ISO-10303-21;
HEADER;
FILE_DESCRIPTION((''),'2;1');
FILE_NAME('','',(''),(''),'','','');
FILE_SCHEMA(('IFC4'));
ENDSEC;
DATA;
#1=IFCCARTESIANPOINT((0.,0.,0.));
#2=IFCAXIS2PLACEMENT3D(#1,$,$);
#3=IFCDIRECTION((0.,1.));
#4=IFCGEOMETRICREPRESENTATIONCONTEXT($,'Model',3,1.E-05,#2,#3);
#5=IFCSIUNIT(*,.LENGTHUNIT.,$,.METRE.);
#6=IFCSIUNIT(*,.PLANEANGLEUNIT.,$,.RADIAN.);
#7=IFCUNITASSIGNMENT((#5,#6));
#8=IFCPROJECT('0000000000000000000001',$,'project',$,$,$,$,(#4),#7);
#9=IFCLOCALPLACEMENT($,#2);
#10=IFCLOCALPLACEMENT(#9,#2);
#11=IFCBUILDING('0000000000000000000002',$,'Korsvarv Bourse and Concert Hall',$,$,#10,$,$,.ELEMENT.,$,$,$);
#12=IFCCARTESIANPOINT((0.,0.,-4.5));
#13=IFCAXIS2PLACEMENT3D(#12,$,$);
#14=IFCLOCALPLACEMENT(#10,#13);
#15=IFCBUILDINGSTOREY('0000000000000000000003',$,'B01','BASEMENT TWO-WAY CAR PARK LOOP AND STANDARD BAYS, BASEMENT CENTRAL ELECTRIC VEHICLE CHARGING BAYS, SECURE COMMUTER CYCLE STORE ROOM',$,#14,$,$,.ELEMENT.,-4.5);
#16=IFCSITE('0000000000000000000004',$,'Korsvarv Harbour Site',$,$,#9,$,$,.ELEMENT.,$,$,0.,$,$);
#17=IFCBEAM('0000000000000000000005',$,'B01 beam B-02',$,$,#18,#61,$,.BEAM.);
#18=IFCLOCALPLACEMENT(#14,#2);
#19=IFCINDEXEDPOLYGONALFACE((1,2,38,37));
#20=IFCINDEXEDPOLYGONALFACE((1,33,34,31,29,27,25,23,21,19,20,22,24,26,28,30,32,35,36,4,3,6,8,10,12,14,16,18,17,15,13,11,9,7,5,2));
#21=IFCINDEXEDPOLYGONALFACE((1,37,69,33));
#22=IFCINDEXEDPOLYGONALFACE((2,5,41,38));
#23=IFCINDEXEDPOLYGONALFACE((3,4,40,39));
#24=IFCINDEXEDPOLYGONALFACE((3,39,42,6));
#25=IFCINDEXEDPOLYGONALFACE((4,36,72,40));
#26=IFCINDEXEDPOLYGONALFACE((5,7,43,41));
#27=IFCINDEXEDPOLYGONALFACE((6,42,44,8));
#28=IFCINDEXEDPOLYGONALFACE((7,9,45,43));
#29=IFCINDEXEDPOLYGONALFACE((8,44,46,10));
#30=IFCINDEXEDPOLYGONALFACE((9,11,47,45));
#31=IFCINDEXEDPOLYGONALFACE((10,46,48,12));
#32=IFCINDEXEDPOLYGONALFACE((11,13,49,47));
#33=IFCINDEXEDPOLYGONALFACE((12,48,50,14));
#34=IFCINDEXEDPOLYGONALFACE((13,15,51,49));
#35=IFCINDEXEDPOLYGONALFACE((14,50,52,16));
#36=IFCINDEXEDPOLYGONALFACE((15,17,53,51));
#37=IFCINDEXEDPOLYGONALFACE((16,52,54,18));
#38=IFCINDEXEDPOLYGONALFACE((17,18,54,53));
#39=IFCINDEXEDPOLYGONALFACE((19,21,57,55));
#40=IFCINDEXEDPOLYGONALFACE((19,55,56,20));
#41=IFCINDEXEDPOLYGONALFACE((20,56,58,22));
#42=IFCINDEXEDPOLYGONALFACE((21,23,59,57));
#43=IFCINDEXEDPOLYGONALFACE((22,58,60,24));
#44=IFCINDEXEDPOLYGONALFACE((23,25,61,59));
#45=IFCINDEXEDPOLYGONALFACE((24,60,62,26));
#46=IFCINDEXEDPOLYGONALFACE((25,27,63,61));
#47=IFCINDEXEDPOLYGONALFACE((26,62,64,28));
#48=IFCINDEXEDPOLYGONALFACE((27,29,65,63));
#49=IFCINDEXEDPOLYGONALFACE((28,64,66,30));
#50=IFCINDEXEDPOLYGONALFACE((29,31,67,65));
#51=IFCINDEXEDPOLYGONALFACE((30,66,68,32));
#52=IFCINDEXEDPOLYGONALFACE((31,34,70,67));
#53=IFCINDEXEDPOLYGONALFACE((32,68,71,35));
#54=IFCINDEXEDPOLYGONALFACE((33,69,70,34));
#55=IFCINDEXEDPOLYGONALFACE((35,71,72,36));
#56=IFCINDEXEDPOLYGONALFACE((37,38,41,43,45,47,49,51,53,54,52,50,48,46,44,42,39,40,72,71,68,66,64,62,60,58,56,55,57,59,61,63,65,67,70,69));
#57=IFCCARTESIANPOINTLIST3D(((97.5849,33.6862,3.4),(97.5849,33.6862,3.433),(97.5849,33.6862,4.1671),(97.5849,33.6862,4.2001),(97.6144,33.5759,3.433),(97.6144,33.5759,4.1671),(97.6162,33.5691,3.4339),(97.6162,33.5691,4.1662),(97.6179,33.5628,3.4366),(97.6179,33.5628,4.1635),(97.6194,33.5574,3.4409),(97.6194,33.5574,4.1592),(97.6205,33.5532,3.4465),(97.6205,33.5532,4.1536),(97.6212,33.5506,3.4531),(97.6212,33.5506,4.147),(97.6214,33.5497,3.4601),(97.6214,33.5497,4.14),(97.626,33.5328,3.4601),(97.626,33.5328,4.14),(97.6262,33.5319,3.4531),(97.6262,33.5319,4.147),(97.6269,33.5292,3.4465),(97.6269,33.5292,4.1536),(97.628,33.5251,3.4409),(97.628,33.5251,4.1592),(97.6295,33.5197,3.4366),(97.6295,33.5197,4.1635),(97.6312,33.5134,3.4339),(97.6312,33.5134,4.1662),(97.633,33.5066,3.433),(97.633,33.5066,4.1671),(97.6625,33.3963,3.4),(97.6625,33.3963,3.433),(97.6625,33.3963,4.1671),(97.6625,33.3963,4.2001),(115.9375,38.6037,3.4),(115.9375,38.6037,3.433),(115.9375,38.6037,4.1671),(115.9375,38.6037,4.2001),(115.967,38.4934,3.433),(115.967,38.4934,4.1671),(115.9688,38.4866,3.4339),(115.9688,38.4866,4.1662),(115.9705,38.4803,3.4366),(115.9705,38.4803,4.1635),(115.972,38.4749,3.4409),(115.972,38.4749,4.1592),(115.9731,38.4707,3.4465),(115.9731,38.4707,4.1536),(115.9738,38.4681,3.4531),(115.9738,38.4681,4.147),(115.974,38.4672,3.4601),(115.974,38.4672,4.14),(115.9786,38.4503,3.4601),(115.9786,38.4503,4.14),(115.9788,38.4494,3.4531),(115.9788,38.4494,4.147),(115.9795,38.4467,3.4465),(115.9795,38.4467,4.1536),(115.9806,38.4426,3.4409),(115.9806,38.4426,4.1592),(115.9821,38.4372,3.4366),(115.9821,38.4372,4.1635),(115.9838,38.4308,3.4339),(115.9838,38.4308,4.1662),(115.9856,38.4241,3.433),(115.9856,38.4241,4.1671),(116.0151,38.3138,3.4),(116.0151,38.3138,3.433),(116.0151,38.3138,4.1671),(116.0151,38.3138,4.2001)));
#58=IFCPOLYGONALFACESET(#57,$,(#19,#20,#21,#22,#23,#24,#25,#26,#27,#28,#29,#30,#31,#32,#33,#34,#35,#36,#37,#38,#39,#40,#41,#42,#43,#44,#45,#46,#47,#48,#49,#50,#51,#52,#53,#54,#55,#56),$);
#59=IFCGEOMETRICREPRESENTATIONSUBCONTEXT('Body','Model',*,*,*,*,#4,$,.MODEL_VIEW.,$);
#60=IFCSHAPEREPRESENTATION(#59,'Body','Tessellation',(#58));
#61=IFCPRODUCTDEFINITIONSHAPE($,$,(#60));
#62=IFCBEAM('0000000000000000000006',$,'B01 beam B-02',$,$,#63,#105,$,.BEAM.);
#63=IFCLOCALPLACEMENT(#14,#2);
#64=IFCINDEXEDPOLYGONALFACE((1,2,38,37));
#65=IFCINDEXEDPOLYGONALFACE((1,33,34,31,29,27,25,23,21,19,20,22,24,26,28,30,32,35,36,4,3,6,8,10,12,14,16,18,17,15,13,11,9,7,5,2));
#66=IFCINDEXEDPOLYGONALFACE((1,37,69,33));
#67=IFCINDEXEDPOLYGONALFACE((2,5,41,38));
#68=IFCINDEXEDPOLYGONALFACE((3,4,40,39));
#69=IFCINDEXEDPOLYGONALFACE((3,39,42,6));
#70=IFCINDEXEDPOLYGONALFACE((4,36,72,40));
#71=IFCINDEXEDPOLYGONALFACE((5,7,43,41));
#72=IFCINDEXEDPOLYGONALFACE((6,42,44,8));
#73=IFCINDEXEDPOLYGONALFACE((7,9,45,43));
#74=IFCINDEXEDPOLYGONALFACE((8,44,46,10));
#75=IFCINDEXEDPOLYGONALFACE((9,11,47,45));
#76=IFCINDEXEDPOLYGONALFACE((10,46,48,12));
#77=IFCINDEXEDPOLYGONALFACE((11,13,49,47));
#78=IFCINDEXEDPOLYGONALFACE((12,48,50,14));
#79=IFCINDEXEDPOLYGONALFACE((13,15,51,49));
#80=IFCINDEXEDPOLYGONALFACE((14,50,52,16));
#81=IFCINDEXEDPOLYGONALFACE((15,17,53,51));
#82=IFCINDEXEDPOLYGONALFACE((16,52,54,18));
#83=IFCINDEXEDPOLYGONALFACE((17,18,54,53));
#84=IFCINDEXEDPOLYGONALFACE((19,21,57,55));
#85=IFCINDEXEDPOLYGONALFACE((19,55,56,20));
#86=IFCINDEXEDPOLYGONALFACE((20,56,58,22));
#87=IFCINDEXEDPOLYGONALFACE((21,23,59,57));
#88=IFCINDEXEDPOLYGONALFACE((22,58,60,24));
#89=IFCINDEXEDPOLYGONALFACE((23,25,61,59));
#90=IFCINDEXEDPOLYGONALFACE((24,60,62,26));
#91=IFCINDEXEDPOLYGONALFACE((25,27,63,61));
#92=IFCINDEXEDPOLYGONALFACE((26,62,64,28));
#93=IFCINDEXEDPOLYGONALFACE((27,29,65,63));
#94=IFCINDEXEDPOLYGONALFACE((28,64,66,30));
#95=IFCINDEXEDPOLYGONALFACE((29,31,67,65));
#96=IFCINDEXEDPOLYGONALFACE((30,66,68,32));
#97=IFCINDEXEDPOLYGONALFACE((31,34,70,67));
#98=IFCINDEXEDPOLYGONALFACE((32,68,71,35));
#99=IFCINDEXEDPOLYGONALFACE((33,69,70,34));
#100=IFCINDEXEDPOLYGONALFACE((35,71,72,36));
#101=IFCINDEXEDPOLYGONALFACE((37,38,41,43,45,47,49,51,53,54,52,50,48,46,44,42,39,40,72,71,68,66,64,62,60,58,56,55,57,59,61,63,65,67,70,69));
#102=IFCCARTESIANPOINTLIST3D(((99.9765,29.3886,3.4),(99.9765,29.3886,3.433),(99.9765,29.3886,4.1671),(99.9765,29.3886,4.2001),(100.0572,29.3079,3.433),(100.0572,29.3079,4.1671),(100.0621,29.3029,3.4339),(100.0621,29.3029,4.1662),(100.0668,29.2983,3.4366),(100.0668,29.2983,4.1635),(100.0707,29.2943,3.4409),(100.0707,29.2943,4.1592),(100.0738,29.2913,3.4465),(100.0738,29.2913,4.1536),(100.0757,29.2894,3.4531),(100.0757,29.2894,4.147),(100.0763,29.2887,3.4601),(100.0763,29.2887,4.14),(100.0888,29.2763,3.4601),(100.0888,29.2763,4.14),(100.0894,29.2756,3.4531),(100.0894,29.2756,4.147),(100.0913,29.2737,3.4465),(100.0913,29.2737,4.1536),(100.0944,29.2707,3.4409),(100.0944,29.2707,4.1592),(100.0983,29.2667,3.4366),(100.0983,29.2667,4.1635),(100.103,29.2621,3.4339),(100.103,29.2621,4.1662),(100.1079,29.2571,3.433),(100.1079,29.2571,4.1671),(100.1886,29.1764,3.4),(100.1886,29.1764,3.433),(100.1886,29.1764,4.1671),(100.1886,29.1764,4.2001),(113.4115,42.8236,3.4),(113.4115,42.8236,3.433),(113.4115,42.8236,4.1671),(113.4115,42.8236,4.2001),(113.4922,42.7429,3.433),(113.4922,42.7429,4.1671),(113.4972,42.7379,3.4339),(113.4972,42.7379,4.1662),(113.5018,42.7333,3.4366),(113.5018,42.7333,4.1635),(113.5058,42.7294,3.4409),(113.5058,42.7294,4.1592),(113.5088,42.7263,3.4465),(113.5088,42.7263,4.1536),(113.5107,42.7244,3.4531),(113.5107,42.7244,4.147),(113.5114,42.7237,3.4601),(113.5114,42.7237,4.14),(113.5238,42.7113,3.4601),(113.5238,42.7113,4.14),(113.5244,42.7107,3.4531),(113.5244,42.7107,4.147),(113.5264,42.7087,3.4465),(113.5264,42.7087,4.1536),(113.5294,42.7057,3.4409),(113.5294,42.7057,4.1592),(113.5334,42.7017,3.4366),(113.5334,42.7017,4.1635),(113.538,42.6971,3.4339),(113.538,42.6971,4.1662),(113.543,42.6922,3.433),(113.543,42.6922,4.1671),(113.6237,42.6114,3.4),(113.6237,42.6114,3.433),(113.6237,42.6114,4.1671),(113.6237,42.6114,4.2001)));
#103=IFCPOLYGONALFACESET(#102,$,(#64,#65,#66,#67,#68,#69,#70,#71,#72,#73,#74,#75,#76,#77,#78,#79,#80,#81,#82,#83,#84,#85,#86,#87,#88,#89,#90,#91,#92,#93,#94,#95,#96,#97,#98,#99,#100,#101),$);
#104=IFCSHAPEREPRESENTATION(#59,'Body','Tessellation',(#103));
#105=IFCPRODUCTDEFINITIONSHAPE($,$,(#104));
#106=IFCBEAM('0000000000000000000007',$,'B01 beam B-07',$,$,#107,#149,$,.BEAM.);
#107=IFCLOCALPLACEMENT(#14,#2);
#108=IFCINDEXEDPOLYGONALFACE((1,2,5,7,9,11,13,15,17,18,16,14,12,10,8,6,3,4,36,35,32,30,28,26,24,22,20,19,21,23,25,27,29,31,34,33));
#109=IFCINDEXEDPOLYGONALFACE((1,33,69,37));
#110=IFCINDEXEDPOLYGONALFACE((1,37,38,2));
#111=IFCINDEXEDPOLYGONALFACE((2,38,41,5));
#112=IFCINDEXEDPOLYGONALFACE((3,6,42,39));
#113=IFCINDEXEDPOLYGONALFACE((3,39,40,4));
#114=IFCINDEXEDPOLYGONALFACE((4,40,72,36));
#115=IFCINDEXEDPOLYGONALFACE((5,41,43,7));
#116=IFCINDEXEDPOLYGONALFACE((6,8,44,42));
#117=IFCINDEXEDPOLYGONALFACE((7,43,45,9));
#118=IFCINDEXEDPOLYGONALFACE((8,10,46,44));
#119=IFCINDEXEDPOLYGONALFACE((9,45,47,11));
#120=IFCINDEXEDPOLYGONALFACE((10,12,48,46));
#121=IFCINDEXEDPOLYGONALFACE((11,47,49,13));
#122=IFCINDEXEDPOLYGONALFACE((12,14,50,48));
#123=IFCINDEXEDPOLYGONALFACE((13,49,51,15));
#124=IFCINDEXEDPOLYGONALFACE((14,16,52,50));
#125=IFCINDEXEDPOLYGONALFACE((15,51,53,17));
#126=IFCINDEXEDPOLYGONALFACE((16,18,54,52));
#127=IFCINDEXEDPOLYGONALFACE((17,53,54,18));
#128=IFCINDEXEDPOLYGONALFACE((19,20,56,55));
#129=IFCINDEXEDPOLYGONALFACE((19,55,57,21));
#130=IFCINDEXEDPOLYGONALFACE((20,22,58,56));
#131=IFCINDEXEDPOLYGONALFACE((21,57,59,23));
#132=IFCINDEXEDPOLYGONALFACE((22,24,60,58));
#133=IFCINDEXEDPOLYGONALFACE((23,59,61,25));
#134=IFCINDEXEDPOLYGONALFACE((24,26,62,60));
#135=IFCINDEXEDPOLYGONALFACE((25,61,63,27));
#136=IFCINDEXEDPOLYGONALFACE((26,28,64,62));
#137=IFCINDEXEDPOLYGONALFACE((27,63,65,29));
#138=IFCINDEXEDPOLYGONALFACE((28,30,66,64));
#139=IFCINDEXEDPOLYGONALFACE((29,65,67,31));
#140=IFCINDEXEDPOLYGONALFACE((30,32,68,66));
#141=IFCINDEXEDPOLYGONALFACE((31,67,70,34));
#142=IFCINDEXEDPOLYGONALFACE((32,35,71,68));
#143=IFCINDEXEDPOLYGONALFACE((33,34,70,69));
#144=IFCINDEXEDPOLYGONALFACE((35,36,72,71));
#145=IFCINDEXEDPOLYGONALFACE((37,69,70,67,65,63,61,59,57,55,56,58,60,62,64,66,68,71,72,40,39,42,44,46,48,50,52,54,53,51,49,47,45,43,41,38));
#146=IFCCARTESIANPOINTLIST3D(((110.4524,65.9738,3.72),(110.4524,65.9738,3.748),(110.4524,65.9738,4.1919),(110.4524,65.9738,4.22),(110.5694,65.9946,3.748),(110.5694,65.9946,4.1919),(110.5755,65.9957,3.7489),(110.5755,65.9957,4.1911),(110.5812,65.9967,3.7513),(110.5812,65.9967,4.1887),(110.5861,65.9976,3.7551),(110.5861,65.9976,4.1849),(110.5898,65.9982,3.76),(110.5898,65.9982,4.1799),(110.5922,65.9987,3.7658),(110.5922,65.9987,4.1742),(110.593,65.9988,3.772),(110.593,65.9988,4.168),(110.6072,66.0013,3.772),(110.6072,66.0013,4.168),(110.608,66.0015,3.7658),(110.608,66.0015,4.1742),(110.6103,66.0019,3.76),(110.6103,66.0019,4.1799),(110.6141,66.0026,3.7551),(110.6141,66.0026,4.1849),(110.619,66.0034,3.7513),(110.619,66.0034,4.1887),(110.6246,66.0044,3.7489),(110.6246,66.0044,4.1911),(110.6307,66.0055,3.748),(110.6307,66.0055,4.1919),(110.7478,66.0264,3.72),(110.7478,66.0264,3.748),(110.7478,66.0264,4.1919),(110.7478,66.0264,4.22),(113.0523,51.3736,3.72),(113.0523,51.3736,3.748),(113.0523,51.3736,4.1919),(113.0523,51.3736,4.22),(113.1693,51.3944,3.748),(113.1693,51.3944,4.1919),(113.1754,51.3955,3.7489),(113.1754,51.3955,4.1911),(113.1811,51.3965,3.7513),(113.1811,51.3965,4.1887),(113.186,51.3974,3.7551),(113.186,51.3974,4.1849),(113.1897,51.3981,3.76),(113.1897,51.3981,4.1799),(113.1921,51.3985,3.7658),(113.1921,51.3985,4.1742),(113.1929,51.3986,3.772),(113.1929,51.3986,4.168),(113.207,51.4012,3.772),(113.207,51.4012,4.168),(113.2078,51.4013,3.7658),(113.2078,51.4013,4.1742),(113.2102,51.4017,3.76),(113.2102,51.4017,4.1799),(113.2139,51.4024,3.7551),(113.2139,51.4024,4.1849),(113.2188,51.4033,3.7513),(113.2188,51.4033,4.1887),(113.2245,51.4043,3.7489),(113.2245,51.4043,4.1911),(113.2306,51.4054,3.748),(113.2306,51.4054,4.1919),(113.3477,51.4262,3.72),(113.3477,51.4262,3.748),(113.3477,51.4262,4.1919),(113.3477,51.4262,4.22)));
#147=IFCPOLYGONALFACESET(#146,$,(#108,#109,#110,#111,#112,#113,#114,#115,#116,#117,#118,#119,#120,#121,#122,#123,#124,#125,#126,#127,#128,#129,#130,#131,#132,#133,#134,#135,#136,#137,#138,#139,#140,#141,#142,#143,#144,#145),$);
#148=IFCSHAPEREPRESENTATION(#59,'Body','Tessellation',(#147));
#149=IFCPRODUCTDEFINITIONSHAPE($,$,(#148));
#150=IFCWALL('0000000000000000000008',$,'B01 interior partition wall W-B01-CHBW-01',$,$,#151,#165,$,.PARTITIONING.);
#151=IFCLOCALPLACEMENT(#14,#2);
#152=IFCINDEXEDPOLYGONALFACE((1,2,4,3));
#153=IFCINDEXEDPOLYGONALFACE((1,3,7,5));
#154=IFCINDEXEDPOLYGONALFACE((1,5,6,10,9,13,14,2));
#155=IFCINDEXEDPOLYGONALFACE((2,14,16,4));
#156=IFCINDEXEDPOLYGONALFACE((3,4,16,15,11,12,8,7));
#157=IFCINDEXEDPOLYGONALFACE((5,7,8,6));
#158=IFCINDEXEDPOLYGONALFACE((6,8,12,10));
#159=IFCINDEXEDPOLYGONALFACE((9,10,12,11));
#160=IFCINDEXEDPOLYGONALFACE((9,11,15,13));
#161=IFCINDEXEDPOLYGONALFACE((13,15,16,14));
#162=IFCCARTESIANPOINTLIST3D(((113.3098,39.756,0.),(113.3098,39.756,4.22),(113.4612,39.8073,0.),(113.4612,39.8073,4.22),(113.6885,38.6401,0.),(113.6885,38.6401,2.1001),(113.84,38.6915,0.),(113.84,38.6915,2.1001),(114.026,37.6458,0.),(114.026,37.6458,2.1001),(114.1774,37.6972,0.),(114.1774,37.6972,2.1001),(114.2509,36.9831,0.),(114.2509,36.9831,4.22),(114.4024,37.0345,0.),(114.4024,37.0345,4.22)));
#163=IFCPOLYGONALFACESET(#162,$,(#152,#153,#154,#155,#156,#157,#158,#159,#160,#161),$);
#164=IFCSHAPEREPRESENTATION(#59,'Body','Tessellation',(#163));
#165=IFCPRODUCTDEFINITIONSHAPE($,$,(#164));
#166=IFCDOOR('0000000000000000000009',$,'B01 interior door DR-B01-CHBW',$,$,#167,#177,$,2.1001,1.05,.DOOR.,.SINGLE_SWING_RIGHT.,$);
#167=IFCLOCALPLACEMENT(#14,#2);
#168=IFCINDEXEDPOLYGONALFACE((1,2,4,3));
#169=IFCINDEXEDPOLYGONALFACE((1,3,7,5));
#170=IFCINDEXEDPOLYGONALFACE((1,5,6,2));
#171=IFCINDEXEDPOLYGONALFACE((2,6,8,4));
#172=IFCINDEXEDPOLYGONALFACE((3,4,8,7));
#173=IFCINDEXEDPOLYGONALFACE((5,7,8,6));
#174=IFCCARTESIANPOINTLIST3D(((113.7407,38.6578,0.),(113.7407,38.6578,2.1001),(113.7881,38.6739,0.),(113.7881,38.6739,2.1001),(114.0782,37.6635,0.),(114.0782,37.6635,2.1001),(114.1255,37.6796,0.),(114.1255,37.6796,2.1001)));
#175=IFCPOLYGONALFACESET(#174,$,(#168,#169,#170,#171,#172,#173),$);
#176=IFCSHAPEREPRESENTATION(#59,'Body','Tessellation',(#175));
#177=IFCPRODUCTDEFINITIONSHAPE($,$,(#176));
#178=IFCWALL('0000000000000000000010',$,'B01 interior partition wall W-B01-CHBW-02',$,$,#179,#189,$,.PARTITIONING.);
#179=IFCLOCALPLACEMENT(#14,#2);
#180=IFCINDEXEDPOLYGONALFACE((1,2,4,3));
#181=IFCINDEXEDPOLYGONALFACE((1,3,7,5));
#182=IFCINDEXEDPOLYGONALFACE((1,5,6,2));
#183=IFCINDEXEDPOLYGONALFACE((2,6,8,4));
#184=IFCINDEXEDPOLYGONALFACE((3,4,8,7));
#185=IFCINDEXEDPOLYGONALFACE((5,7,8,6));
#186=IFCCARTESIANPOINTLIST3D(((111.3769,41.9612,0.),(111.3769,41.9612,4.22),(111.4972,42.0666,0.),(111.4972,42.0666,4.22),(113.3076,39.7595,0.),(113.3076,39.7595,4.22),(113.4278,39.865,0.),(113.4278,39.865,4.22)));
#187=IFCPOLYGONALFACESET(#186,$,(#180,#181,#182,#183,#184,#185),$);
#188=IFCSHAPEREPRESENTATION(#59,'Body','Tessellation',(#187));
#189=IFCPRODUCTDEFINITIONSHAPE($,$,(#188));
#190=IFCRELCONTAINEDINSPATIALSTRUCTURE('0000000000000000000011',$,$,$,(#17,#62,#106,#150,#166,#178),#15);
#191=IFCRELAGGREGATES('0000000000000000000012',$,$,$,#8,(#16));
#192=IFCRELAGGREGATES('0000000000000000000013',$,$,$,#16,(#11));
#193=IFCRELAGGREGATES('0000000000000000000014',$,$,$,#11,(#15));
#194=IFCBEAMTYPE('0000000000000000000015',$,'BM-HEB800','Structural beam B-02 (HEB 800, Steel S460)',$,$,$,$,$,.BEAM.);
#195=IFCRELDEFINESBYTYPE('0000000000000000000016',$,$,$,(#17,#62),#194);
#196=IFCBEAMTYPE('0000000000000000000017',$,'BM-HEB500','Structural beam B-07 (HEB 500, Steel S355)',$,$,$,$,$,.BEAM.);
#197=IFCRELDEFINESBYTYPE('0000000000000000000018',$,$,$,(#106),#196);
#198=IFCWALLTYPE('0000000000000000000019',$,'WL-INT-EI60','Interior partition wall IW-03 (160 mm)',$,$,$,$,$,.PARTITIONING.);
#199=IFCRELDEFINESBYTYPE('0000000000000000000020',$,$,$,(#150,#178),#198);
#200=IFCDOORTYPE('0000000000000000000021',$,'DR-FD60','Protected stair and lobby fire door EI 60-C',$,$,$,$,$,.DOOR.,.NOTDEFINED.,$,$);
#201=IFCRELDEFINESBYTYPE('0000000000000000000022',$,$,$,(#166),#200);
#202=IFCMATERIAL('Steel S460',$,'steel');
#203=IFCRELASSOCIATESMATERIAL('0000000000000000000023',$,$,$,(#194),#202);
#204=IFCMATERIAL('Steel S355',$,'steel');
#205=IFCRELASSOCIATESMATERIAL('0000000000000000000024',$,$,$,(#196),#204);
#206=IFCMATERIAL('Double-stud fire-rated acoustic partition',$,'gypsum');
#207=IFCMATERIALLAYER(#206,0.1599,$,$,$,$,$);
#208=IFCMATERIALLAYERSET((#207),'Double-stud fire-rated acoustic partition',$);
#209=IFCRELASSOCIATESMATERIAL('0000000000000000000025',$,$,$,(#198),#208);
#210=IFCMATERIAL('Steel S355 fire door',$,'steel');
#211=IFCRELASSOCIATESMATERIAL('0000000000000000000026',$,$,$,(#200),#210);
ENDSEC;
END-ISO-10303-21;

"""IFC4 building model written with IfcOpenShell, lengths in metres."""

from ifc_helpers import new_model, si_unit, direction, frame, frame_2d, origin, origin_2d, place, context, subcontext, project, spatial, rectangle, i_section, extrude, source, transform, mapped, material, layer, layer_set, material_profile, profile_set, type_object, element, fill, save


model = new_model("IFC4")

# Units and contexts
model_context = context("Model", 3, precision=1e-05, world=origin(), true_north=direction((0.0, 1.0)))
body_context = subcontext(model_context, "Body", "Model", "MODEL_VIEW")
ifc_project = project(units=[si_unit("LENGTHUNIT", "METRE"), si_unit("PLANEANGLEUNIT", "RADIAN")], contexts=[model_context])

# Site, building, storey
site_placement = place(None, origin())
site = spatial("IfcSite", under=ifc_project, at=site_placement, Name="Korsvarv Harbour Site", CompositionType="ELEMENT", RefElevation=0.0)
building_placement = place(site_placement, origin())
building = spatial("IfcBuilding", under=site, at=building_placement, Name="Korsvarv Bourse and Concert Hall", CompositionType="ELEMENT")
storey_placement = place(building_placement, frame((0.0, 0.0, -4.5)))
storey = spatial("IfcBuildingStorey", under=building, at=storey_placement, Name="B01", Description="BASEMENT TWO-WAY CAR PARK LOOP AND STANDARD BAYS, BASEMENT CENTRAL ELECTRIC VEHICLE CHARGING BAYS, SECURE COMMUTER CYCLE STORE ROOM", CompositionType="ELEMENT", Elevation=-4.5)

# Beams
ifc_material_1 = material(Name="Steel S355", Category="steel")
ifc_material_2 = material(Name="Steel S460", Category="steel")
ifc_material_profile_1 = material_profile(ifc_material_2, i_section(OverallWidth=0.3, OverallDepth=0.8, WebThickness=0.0176, FlangeThickness=0.033, FilletRadius=0.0271, at=origin_2d()), Name="HEB 800")
ifc_profile_set_1 = profile_set([ifc_material_profile_1], Name="Steel S460")
beam_type_1 = type_object("IfcBeamType", Name="BM-HEB800", Description="Structural beam B-02 (HEB 800, Steel S460)", PredefinedType="BEAM", material=ifc_profile_set_1)
shared_shape_1 = source(origin(), body_context, "Body", "SweptSolid", [
    extrude(i_section(OverallWidth=0.3, OverallDepth=0.8, WebThickness=0.0176, FlangeThickness=0.033, FilletRadius=0.0271, at=origin_2d()), origin(), (0.0, 0.0, 1.0), 19.0),
])
for number, where, z_axis, x_axis, name in (
    (1, (115.9763, 38.4587, 3.8), (-0.965927, -0.258816, 0.0), (0.258816, -0.965927, 0.0), "B01 beam B-02"),
    (2, (113.5176, 42.7175, 3.8), (-0.707107, -0.707107, 0.0), (0.707107, -0.707107, 0.0), "B01 beam B-02"),
):
    element("IfcBeam", number, at=place(storey_placement, frame(where, z_axis=z_axis, x_axis=x_axis)), inside=storey, type_object=beam_type_1, Name=name, PredefinedType="BEAM", context=body_context, shape_type="MappedRepresentation", body=[
        mapped(shared_shape_1, transform((0.0, 0.0, 0.0), scale=1.0)),
    ])
ifc_material_profile_2 = material_profile(ifc_material_1, i_section(OverallWidth=0.3, OverallDepth=0.5, WebThickness=0.0144, FlangeThickness=0.0281, FilletRadius=0.0239, at=origin_2d()), Name="HEB 500")
ifc_profile_set_2 = profile_set([ifc_material_profile_2], Name="Steel S355")
beam_type_2 = type_object("IfcBeamType", Name="BM-HEB500", Description="Structural beam B-07 (HEB 500, Steel S355)", PredefinedType="BEAM", material=ifc_profile_set_2)
shared_shape_2 = source(origin(), body_context, "Body", "SweptSolid", [
    extrude(i_section(OverallWidth=0.3, OverallDepth=0.5, WebThickness=0.0144, FlangeThickness=0.0281, FilletRadius=0.0239, at=origin_2d()), origin(), (0.0, 0.0, 1.0), 14.8298),
])
beam_1_placement = place(storey_placement, frame((113.2, 51.3999, 3.97), z_axis=(-0.175313, 0.984513, 0.0), x_axis=(-0.984513, -0.175313, 0.0)))
element("IfcBeam", 3, at=beam_1_placement, inside=storey, type_object=beam_type_2, Name="B01 beam B-07", PredefinedType="BEAM", context=body_context, shape_type="MappedRepresentation", body=[
    mapped(shared_shape_2, transform((0.0, 0.0, 0.0), scale=1.0)),
])

# Wall, opening, door
ifc_material_3 = material(Name="Double-stud fire-rated acoustic partition", Category="gypsum")
ifc_layer = layer(ifc_material_3, 0.1599)
ifc_layer_set = layer_set([ifc_layer], Name="Double-stud fire-rated acoustic partition")
wall_type = type_object("IfcWallType", Name="WL-INT-EI60", Description="Interior partition wall IW-03 (160 mm)", PredefinedType="PARTITIONING", material=ifc_layer_set)
wall_1_placement = place(storey_placement, frame((114.3267, 37.0088, 0.0), z_axis=(0.0, 0.0, 1.0), x_axis=(-0.3214, 0.946943, 0.0)))
wall_1 = element("IfcWall", 4, at=wall_1_placement, inside=storey, type_object=wall_type, Name="B01 interior partition wall W-B01-CHBW-01", PredefinedType="PARTITIONING", context=body_context, shape_type="SweptSolid", body=[
    extrude(rectangle(XDim=2.9282, YDim=0.1599, at=frame_2d((1.4641, 0.0))), origin(), (0.0, 0.0, 1.0), 4.22),
])
opening_placement = place(wall_1_placement, frame((0.7, 0.0, 0.0)))
opening = element("IfcOpeningElement", 5, at=opening_placement, cuts=wall_1, PredefinedType="OPENING", context=body_context, shape_type="SweptSolid", body=[
    extrude(rectangle(XDim=1.05, YDim=2.1001, at=frame_2d((0.5249, 1.05))), frame((0.0, 0.0898, 0.0), z_axis=(0.0, -1.0, 0.0), x_axis=(1.0, 0.0, 0.0)), (0.0, 0.0, 1.0), 0.1799),
])
ifc_material_4 = material(Name="Steel S355 fire door", Category="steel")
door_type = type_object("IfcDoorType", Name="DR-FD60", Description="Protected stair and lobby fire door EI 60-C", OperationType="NOTDEFINED", PredefinedType="DOOR", material=ifc_material_4)
door_placement = place(opening_placement, origin())
door = element("IfcDoor", 6, at=door_placement, inside=storey, type_object=door_type, Name="B01 interior door DR-B01-CHBW", OperationType="SINGLE_SWING_RIGHT", OverallHeight=2.1001, OverallWidth=1.05, PredefinedType="DOOR", context=body_context, shape_type="SweptSolid", body=[
    extrude(rectangle(XDim=1.05, YDim=2.1001, at=frame_2d((0.5249, 1.05))), frame((0.0, 0.0249, 0.0), z_axis=(0.0, -1.0, 0.0), x_axis=(1.0, 0.0, 0.0)), (0.0, 0.0, 1.0), 0.05),
])
fill(opening, door)

# Wall
wall_2_placement = place(storey_placement, frame((113.3677, 39.8123, 0.0), z_axis=(0.0, 0.0, 1.0), x_axis=(-0.659319, 0.751864, 0.0)))
element("IfcWall", 7, at=wall_2_placement, inside=storey, type_object=wall_type, Name="B01 interior partition wall W-B01-CHBW-02", PredefinedType="PARTITIONING", context=body_context, shape_type="SweptSolid", body=[
    extrude(rectangle(XDim=2.9282, YDim=0.1599, at=frame_2d((1.4641, 0.0))), origin(), (0.0, 0.0, 1.0), 4.22),
])

save(model, "model.ifc")
